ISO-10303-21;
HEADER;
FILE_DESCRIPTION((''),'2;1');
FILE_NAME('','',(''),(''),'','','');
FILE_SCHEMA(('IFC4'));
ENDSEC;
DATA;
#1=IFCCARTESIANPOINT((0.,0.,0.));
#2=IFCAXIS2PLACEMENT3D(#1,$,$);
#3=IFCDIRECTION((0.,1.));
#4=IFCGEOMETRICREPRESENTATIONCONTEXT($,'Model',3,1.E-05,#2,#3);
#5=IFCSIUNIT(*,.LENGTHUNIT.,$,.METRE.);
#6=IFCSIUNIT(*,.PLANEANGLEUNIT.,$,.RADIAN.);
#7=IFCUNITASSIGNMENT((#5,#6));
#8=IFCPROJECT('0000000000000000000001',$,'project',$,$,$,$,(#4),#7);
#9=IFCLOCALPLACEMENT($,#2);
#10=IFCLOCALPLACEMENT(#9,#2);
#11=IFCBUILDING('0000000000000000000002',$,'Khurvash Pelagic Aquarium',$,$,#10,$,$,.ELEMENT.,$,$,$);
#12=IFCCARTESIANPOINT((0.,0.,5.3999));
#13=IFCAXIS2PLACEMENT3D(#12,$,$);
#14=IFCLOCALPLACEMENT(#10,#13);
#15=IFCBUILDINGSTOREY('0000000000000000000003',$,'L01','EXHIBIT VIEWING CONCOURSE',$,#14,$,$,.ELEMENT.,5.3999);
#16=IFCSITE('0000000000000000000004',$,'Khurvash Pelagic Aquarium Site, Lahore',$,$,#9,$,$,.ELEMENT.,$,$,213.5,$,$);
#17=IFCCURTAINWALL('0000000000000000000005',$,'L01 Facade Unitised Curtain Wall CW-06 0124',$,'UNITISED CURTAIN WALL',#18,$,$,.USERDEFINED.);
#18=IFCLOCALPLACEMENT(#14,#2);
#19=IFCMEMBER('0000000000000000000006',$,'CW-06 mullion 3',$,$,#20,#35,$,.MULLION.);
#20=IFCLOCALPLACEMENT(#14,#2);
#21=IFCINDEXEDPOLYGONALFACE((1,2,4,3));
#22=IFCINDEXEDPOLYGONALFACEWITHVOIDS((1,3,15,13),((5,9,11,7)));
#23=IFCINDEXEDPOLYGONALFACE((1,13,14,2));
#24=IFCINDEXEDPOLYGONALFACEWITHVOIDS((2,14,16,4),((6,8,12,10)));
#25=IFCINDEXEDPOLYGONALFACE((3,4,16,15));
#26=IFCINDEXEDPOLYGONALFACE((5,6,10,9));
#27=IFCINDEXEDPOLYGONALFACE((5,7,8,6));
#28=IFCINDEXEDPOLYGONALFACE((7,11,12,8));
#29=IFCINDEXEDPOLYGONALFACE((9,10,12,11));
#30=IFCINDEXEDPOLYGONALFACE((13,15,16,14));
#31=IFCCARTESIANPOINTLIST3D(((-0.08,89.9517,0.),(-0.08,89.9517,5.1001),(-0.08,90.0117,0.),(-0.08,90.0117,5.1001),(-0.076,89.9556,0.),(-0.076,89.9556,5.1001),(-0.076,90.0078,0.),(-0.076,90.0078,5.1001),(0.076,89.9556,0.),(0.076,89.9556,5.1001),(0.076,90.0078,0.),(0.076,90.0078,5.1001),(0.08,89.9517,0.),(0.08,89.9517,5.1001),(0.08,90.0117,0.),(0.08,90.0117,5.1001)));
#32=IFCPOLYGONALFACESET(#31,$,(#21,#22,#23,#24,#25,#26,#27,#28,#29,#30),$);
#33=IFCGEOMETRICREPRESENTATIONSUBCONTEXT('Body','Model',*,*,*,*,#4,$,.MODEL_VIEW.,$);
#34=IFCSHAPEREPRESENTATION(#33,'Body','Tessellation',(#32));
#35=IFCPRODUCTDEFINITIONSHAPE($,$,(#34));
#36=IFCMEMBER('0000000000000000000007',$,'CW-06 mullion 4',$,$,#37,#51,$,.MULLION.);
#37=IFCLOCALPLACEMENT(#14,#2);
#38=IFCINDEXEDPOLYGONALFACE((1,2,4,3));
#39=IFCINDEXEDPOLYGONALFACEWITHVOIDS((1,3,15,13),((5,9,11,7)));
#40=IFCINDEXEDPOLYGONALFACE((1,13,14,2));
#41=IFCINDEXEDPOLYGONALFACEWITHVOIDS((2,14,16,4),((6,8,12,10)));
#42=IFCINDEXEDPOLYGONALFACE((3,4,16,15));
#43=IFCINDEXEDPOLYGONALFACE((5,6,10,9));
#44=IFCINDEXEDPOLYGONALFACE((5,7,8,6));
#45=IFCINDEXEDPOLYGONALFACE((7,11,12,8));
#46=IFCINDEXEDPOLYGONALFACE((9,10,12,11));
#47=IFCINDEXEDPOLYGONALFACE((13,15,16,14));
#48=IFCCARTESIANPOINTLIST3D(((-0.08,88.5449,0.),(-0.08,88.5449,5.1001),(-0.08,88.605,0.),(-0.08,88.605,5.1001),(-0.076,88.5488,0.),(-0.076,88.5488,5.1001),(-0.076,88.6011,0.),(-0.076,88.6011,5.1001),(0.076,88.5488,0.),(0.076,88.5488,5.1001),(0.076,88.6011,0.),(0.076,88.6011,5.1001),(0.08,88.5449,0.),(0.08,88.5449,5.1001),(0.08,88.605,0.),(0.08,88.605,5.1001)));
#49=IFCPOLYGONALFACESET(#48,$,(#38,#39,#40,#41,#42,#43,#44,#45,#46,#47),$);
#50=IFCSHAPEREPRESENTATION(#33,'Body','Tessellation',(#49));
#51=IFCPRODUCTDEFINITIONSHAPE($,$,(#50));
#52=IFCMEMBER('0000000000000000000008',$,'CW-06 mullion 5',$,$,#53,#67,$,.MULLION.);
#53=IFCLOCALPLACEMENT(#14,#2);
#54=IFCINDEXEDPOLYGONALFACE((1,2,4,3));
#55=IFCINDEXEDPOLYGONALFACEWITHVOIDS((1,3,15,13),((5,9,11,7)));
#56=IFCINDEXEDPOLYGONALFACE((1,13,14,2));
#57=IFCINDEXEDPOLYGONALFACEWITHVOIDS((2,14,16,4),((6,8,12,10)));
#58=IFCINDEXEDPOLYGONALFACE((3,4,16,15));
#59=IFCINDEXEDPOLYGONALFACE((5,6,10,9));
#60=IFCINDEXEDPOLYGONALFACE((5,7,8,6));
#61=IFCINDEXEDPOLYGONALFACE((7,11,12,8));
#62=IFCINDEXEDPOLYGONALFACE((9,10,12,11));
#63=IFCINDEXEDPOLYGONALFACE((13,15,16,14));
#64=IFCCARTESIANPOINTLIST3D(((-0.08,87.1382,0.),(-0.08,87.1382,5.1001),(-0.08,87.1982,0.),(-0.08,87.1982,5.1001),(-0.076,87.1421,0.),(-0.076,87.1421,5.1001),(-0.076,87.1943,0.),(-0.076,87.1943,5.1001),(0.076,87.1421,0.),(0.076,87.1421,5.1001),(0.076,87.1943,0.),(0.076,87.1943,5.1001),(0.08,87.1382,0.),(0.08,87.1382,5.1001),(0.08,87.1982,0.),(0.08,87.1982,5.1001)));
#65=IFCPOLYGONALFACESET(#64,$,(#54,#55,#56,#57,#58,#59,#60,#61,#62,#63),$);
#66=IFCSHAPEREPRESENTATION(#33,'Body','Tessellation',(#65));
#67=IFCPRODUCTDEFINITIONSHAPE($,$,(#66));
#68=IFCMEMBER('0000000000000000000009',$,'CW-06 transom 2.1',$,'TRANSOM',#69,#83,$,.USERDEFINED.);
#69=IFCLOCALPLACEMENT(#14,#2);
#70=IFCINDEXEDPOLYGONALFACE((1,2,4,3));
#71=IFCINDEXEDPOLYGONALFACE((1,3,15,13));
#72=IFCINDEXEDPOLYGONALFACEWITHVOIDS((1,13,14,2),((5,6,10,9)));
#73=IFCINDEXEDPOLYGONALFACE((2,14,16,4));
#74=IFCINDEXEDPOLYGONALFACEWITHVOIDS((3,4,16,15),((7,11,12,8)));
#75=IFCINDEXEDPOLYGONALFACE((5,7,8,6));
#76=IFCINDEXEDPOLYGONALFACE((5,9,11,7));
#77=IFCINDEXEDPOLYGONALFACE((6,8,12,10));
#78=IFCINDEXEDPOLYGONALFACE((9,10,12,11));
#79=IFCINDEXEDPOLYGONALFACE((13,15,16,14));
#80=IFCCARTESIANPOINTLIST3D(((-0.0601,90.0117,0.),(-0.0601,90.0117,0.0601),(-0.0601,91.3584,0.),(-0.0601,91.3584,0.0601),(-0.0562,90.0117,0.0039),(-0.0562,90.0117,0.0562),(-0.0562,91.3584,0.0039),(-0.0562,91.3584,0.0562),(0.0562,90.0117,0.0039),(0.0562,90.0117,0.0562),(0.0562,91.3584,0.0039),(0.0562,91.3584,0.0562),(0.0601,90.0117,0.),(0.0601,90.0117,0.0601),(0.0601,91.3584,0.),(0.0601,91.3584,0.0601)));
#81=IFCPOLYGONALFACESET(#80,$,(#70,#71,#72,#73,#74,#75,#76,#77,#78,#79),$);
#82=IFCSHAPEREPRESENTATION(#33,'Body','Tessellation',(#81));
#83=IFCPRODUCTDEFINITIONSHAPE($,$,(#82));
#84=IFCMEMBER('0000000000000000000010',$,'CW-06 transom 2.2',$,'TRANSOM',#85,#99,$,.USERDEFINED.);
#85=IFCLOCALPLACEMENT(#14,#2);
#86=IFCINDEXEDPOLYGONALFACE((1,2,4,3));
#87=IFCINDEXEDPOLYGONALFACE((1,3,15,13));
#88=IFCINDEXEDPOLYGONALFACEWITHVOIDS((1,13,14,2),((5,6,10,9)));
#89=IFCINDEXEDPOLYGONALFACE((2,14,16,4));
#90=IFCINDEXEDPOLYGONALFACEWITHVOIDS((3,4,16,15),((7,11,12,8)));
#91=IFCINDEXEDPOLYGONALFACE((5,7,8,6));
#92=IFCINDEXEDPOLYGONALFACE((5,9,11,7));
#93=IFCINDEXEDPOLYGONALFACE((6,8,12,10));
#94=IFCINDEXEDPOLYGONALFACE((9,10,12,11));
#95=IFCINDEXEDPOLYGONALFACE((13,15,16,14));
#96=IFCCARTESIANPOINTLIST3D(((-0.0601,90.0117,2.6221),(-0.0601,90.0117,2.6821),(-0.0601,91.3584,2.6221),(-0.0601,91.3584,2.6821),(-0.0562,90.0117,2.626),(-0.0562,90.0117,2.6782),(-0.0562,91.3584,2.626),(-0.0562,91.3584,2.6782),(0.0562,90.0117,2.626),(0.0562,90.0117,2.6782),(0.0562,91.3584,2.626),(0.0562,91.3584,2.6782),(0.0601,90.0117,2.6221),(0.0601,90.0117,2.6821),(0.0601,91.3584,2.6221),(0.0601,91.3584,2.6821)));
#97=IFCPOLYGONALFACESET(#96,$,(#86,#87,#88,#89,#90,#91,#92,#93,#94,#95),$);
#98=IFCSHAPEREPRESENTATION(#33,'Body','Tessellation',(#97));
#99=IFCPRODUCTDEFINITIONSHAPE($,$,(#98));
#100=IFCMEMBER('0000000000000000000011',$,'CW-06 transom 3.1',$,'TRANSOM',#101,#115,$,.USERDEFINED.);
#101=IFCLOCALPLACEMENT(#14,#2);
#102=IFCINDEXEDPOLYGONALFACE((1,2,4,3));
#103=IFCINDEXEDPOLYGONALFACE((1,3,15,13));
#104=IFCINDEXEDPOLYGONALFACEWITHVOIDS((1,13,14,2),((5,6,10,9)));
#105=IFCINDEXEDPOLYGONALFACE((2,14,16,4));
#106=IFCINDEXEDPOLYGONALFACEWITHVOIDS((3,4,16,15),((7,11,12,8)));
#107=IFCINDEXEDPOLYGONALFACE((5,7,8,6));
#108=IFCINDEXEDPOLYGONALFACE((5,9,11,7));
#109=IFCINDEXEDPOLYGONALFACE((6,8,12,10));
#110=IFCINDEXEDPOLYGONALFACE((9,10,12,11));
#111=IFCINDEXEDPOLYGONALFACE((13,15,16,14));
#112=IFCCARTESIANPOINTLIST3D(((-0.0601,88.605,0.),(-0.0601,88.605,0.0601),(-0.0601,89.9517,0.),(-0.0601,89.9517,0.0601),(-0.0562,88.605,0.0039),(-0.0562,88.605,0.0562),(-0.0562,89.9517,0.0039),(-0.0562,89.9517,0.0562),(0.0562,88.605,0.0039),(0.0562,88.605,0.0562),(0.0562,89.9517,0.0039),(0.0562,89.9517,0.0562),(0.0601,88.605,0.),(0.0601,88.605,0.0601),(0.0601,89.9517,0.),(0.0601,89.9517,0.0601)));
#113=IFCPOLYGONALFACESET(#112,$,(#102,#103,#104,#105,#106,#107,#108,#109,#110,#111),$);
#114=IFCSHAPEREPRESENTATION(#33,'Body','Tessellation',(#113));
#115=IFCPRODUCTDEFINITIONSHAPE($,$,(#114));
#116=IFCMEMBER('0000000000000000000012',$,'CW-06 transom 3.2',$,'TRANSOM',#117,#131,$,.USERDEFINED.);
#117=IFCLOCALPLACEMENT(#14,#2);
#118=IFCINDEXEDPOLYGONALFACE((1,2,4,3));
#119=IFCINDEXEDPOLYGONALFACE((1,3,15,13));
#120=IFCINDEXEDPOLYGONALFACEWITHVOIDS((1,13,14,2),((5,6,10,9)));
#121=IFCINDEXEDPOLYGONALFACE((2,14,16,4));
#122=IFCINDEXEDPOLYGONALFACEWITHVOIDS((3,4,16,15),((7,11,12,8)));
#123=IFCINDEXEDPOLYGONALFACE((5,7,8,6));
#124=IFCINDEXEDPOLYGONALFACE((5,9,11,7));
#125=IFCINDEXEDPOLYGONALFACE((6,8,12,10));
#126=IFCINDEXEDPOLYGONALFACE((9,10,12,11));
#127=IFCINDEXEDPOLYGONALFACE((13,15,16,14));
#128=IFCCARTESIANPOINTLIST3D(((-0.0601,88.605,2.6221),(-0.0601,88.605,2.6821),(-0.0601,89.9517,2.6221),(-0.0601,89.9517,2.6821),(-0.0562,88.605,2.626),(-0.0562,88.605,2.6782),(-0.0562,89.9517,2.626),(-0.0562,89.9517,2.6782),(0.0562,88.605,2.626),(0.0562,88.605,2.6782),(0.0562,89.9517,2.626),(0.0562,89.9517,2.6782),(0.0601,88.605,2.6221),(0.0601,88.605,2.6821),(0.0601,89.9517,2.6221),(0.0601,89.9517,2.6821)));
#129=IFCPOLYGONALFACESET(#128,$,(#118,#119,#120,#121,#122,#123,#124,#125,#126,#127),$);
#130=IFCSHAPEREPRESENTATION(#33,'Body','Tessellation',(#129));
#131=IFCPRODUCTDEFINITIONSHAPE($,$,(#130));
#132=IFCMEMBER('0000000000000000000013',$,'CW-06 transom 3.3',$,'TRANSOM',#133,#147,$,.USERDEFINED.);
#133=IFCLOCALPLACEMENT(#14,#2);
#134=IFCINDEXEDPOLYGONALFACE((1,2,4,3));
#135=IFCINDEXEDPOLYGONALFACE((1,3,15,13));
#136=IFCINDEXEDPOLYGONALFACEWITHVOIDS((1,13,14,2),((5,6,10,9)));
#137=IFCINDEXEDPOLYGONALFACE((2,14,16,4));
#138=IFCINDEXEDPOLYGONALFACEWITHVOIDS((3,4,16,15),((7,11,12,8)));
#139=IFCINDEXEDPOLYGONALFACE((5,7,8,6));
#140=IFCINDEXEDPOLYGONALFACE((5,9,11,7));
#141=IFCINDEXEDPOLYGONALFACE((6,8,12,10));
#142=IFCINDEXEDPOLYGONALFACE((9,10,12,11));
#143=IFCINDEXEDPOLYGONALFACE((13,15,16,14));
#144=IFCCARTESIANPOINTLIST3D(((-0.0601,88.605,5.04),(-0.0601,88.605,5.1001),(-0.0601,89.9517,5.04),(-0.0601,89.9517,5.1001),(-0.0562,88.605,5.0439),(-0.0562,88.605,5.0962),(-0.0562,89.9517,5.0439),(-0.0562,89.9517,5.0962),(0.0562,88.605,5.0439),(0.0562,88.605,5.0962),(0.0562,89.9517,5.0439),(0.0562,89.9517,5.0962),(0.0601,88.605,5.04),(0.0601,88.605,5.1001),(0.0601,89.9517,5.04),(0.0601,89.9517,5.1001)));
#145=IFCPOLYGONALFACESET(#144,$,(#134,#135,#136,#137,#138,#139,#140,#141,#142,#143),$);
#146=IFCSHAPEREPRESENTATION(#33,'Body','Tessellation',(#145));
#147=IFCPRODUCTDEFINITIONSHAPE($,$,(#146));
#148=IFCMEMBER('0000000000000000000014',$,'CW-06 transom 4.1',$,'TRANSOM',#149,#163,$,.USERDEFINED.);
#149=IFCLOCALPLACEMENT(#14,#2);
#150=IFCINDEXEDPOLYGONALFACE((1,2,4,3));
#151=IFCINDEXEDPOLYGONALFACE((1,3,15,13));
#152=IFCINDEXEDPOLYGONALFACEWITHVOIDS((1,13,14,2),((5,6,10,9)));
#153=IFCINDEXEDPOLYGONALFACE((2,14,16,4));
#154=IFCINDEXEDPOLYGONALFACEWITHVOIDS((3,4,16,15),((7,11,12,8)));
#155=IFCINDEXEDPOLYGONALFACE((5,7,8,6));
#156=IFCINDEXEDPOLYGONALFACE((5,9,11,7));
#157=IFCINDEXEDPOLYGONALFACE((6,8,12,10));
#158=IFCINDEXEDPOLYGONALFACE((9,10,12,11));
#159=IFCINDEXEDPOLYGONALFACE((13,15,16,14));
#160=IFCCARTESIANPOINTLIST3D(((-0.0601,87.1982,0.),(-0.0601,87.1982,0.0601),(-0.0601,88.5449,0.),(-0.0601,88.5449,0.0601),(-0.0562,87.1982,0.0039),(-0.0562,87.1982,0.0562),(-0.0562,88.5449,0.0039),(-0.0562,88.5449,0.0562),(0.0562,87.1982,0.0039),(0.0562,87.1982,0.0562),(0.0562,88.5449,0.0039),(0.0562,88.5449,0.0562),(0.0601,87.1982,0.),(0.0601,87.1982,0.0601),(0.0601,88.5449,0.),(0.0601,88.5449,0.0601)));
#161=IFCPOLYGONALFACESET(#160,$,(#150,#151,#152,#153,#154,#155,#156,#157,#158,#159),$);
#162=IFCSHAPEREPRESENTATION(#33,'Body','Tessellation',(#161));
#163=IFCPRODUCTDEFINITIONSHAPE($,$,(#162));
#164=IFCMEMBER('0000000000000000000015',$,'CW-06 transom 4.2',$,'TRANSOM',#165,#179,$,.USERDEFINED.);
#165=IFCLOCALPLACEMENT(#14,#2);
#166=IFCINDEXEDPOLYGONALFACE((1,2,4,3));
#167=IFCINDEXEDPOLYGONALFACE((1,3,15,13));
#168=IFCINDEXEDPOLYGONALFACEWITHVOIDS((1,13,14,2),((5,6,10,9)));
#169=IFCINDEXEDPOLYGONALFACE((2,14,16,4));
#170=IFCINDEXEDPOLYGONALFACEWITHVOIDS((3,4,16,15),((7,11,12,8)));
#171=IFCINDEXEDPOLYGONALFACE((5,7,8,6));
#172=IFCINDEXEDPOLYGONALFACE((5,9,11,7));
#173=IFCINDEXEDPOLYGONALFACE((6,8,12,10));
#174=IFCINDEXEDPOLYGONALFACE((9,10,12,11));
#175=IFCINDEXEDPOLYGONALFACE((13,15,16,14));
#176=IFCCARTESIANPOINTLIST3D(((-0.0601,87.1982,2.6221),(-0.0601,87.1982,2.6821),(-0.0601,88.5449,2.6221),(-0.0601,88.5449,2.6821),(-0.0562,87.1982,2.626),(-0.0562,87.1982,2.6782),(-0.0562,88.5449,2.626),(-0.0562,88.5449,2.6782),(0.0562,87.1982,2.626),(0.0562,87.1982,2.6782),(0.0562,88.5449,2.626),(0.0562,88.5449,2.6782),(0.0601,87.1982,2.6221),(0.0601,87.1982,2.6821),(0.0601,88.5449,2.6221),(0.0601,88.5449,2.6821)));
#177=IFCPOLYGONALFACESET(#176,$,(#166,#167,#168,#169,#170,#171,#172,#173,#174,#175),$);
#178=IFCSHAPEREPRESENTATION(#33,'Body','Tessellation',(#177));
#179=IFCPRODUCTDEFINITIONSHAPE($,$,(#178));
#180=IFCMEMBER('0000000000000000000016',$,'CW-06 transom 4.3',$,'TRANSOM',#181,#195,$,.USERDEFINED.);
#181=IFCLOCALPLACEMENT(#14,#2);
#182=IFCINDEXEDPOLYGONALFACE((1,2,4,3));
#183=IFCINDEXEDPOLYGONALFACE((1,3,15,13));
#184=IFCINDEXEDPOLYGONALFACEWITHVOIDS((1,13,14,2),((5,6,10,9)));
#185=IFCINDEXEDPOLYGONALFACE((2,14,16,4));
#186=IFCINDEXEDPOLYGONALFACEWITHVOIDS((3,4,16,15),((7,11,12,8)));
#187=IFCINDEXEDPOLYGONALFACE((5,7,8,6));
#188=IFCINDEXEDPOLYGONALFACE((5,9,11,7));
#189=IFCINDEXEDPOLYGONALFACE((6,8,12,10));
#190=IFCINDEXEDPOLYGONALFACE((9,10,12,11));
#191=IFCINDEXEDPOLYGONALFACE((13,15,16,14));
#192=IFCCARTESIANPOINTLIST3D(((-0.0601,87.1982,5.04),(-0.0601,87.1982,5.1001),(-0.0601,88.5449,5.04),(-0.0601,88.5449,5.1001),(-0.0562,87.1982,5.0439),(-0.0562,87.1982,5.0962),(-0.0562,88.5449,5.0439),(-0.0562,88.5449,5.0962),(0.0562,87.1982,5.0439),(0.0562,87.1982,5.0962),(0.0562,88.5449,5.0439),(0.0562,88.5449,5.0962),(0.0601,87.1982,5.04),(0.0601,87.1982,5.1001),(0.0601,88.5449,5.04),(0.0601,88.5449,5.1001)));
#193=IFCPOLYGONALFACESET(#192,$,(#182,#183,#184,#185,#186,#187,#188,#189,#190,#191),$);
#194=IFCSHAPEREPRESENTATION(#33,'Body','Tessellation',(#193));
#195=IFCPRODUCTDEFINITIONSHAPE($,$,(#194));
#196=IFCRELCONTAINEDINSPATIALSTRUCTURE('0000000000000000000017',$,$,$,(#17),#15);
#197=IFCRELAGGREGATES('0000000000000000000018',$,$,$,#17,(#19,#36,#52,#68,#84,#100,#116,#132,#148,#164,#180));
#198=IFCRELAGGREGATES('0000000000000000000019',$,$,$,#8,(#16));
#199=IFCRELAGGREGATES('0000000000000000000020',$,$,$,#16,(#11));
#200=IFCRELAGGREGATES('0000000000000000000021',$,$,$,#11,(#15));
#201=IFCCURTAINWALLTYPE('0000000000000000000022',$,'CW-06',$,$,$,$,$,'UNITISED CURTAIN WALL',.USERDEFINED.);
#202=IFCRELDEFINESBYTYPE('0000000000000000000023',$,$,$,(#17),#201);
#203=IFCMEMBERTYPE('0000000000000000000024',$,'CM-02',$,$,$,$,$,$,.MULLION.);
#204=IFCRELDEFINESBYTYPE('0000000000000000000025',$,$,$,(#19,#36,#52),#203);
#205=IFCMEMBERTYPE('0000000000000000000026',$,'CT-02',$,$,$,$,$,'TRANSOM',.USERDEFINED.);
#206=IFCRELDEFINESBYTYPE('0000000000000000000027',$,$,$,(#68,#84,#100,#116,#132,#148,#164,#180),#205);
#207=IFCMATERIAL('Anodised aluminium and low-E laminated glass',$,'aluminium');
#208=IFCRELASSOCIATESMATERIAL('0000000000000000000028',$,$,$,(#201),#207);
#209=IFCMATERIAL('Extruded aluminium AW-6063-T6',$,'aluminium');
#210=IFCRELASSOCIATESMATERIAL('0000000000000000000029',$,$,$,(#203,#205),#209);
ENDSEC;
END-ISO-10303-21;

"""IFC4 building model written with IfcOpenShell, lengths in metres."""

from ifc_helpers import new_model, si_unit, direction, frame, origin, origin_2d, place, context, subcontext, project, spatial, hollow_rectangle, extrude, material, material_profile, profile_set, type_object, element, aggregate, save


model = new_model("IFC4")

# Units and contexts
model_context = context("Model", 3, precision=1e-05, world=origin(), true_north=direction((0.0, 1.0)))
body_context = subcontext(model_context, "Body", "Model", "MODEL_VIEW")
ifc_project = project(units=[si_unit("LENGTHUNIT", "METRE"), si_unit("PLANEANGLEUNIT", "RADIAN")], contexts=[model_context])

# Site, building, storey
site_placement = place(None, origin())
site = spatial("IfcSite", under=ifc_project, at=site_placement, Name="Khurvash Pelagic Aquarium Site, Lahore", CompositionType="ELEMENT", RefElevation=213.5)
building_placement = place(site_placement, origin())
building = spatial("IfcBuilding", under=site, at=building_placement, Name="Khurvash Pelagic Aquarium", CompositionType="ELEMENT")
storey_placement = place(building_placement, frame((0.0, 0.0, 5.3999)))
storey = spatial("IfcBuildingStorey", under=building, at=storey_placement, Name="L01", Description="EXHIBIT VIEWING CONCOURSE", CompositionType="ELEMENT", Elevation=5.3999)

# Curtain wall, members
ifc_material_1 = material(Name="Anodised aluminium and low-E laminated glass", Category="aluminium")
curtain_wall_type = type_object("IfcCurtainWallType", Name="CW-06", ElementType="UNITISED CURTAIN WALL", PredefinedType="USERDEFINED", material=ifc_material_1)
curtain_wall_placement = place(storey_placement, origin())
curtain_wall = element("IfcCurtainWall", 1, at=curtain_wall_placement, inside=storey, type_object=curtain_wall_type, Name="L01 Facade Unitised Curtain Wall CW-06 0124", ObjectType="UNITISED CURTAIN WALL", PredefinedType="USERDEFINED")
ifc_material_2 = material(Name="Extruded aluminium AW-6063-T6", Category="aluminium")
ifc_material_profile_1 = material_profile(ifc_material_2, hollow_rectangle(XDim=0.0601, YDim=0.1599, WallThickness=0.0039, at=origin_2d()), Name="CWM60X160X4")
ifc_profile_set_1 = profile_set([ifc_material_profile_1], Name="Extruded aluminium AW-6063-T6")
member_type_1 = type_object("IfcMemberType", Name="CM-02", PredefinedType="MULLION", material=ifc_profile_set_1)
member_1_placement = place(storey_placement, frame((0.0, 89.9817, 0.0), z_axis=(0.0, 0.0, 1.0), x_axis=(0.0, -1.0, 0.0)))
member_1 = element("IfcMember", 2, at=member_1_placement, type_object=member_type_1, Name="CW-06 mullion 3", PredefinedType="MULLION", context=body_context, shape_type="SweptSolid", body=[
    extrude(hollow_rectangle(XDim=0.0601, YDim=0.1599, WallThickness=0.0039, at=origin_2d()), origin(), (0.0, 0.0, 1.0), 5.1001),
])
member_2_placement = place(storey_placement, frame((0.0, 88.575, 0.0), z_axis=(0.0, 0.0, 1.0), x_axis=(0.0, -1.0, 0.0)))
member_2 = element("IfcMember", 3, at=member_2_placement, type_object=member_type_1, Name="CW-06 mullion 4", PredefinedType="MULLION", context=body_context, shape_type="SweptSolid", body=[
    extrude(hollow_rectangle(XDim=0.0601, YDim=0.1599, WallThickness=0.0039, at=origin_2d()), origin(), (0.0, 0.0, 1.0), 5.1001),
])
member_3_placement = place(storey_placement, frame((0.0, 87.1682, 0.0), z_axis=(0.0, 0.0, 1.0), x_axis=(0.0, -1.0, 0.0)))
member_3 = element("IfcMember", 4, at=member_3_placement, type_object=member_type_1, Name="CW-06 mullion 5", PredefinedType="MULLION", context=body_context, shape_type="SweptSolid", body=[
    extrude(hollow_rectangle(XDim=0.0601, YDim=0.1599, WallThickness=0.0039, at=origin_2d()), origin(), (0.0, 0.0, 1.0), 5.1001),
])
ifc_material_profile_2 = material_profile(ifc_material_2, hollow_rectangle(XDim=0.1201, YDim=0.0601, WallThickness=0.0039, at=origin_2d()), Name="CWT120X60X4")
ifc_profile_set_2 = profile_set([ifc_material_profile_2], Name="Extruded aluminium AW-6063-T6")
member_type_2 = type_object("IfcMemberType", Name="CT-02", ElementType="TRANSOM", PredefinedType="USERDEFINED", material=ifc_profile_set_2)
member_4_placement = place(storey_placement, frame((0.0, 91.3584, 0.03), z_axis=(0.0, -1.0, 0.0), x_axis=(1.0, 0.0, 0.0)))
member_4 = element("IfcMember", 5, at=member_4_placement, type_object=member_type_2, Name="CW-06 transom 2.1", ObjectType="TRANSOM", PredefinedType="USERDEFINED", context=body_context, shape_type="SweptSolid", body=[
    extrude(hollow_rectangle(XDim=0.1201, YDim=0.0601, WallThickness=0.0039, at=origin_2d()), origin(), (0.0, 0.0, 1.0), 1.3467),
])
member_5_placement = place(storey_placement, frame((0.0, 91.3584, 2.6521), z_axis=(0.0, -1.0, 0.0), x_axis=(1.0, 0.0, 0.0)))
member_5 = element("IfcMember", 6, at=member_5_placement, type_object=member_type_2, Name="CW-06 transom 2.2", ObjectType="TRANSOM", PredefinedType="USERDEFINED", context=body_context, shape_type="SweptSolid", body=[
    extrude(hollow_rectangle(XDim=0.1201, YDim=0.0601, WallThickness=0.0039, at=origin_2d()), origin(), (0.0, 0.0, 1.0), 1.3467),
])
member_6_placement = place(storey_placement, frame((0.0, 89.9517, 0.03), z_axis=(0.0, -1.0, 0.0), x_axis=(1.0, 0.0, 0.0)))
member_6 = element("IfcMember", 7, at=member_6_placement, type_object=member_type_2, Name="CW-06 transom 3.1", ObjectType="TRANSOM", PredefinedType="USERDEFINED", context=body_context, shape_type="SweptSolid", body=[
    extrude(hollow_rectangle(XDim=0.1201, YDim=0.0601, WallThickness=0.0039, at=origin_2d()), origin(), (0.0, 0.0, 1.0), 1.3467),
])
member_7_placement = place(storey_placement, frame((0.0, 89.9517, 2.6521), z_axis=(0.0, -1.0, 0.0), x_axis=(1.0, 0.0, 0.0)))
member_7 = element("IfcMember", 8, at=member_7_placement, type_object=member_type_2, Name="CW-06 transom 3.2", ObjectType="TRANSOM", PredefinedType="USERDEFINED", context=body_context, shape_type="SweptSolid", body=[
    extrude(hollow_rectangle(XDim=0.1201, YDim=0.0601, WallThickness=0.0039, at=origin_2d()), origin(), (0.0, 0.0, 1.0), 1.3467),
])
member_8_placement = place(storey_placement, frame((0.0, 89.9517, 5.0701), z_axis=(0.0, -1.0, 0.0), x_axis=(1.0, 0.0, 0.0)))
member_8 = element("IfcMember", 9, at=member_8_placement, type_object=member_type_2, Name="CW-06 transom 3.3", ObjectType="TRANSOM", PredefinedType="USERDEFINED", context=body_context, shape_type="SweptSolid", body=[
    extrude(hollow_rectangle(XDim=0.1201, YDim=0.0601, WallThickness=0.0039, at=origin_2d()), origin(), (0.0, 0.0, 1.0), 1.3467),
])
member_9_placement = place(storey_placement, frame((0.0, 88.5449, 0.03), z_axis=(0.0, -1.0, 0.0), x_axis=(1.0, 0.0, 0.0)))
member_9 = element("IfcMember", 10, at=member_9_placement, type_object=member_type_2, Name="CW-06 transom 4.1", ObjectType="TRANSOM", PredefinedType="USERDEFINED", context=body_context, shape_type="SweptSolid", body=[
    extrude(hollow_rectangle(XDim=0.1201, YDim=0.0601, WallThickness=0.0039, at=origin_2d()), origin(), (0.0, 0.0, 1.0), 1.3467),
])
member_10_placement = place(storey_placement, frame((0.0, 88.5449, 2.6521), z_axis=(0.0, -1.0, 0.0), x_axis=(1.0, 0.0, 0.0)))
member_10 = element("IfcMember", 11, at=member_10_placement, type_object=member_type_2, Name="CW-06 transom 4.2", ObjectType="TRANSOM", PredefinedType="USERDEFINED", context=body_context, shape_type="SweptSolid", body=[
    extrude(hollow_rectangle(XDim=0.1201, YDim=0.0601, WallThickness=0.0039, at=origin_2d()), origin(), (0.0, 0.0, 1.0), 1.3467),
])
member_11_placement = place(storey_placement, frame((0.0, 88.5449, 5.0701), z_axis=(0.0, -1.0, 0.0), x_axis=(1.0, 0.0, 0.0)))
member_11 = element("IfcMember", 12, at=member_11_placement, type_object=member_type_2, Name="CW-06 transom 4.3", ObjectType="TRANSOM", PredefinedType="USERDEFINED", context=body_context, shape_type="SweptSolid", body=[
    extrude(hollow_rectangle(XDim=0.1201, YDim=0.0601, WallThickness=0.0039, at=origin_2d()), origin(), (0.0, 0.0, 1.0), 1.3467),
])

aggregate(curtain_wall, [member_1, member_2, member_3, member_4, member_5, member_6, member_7, member_8, member_9, member_10, member_11])

save(model, "model.ifc")
